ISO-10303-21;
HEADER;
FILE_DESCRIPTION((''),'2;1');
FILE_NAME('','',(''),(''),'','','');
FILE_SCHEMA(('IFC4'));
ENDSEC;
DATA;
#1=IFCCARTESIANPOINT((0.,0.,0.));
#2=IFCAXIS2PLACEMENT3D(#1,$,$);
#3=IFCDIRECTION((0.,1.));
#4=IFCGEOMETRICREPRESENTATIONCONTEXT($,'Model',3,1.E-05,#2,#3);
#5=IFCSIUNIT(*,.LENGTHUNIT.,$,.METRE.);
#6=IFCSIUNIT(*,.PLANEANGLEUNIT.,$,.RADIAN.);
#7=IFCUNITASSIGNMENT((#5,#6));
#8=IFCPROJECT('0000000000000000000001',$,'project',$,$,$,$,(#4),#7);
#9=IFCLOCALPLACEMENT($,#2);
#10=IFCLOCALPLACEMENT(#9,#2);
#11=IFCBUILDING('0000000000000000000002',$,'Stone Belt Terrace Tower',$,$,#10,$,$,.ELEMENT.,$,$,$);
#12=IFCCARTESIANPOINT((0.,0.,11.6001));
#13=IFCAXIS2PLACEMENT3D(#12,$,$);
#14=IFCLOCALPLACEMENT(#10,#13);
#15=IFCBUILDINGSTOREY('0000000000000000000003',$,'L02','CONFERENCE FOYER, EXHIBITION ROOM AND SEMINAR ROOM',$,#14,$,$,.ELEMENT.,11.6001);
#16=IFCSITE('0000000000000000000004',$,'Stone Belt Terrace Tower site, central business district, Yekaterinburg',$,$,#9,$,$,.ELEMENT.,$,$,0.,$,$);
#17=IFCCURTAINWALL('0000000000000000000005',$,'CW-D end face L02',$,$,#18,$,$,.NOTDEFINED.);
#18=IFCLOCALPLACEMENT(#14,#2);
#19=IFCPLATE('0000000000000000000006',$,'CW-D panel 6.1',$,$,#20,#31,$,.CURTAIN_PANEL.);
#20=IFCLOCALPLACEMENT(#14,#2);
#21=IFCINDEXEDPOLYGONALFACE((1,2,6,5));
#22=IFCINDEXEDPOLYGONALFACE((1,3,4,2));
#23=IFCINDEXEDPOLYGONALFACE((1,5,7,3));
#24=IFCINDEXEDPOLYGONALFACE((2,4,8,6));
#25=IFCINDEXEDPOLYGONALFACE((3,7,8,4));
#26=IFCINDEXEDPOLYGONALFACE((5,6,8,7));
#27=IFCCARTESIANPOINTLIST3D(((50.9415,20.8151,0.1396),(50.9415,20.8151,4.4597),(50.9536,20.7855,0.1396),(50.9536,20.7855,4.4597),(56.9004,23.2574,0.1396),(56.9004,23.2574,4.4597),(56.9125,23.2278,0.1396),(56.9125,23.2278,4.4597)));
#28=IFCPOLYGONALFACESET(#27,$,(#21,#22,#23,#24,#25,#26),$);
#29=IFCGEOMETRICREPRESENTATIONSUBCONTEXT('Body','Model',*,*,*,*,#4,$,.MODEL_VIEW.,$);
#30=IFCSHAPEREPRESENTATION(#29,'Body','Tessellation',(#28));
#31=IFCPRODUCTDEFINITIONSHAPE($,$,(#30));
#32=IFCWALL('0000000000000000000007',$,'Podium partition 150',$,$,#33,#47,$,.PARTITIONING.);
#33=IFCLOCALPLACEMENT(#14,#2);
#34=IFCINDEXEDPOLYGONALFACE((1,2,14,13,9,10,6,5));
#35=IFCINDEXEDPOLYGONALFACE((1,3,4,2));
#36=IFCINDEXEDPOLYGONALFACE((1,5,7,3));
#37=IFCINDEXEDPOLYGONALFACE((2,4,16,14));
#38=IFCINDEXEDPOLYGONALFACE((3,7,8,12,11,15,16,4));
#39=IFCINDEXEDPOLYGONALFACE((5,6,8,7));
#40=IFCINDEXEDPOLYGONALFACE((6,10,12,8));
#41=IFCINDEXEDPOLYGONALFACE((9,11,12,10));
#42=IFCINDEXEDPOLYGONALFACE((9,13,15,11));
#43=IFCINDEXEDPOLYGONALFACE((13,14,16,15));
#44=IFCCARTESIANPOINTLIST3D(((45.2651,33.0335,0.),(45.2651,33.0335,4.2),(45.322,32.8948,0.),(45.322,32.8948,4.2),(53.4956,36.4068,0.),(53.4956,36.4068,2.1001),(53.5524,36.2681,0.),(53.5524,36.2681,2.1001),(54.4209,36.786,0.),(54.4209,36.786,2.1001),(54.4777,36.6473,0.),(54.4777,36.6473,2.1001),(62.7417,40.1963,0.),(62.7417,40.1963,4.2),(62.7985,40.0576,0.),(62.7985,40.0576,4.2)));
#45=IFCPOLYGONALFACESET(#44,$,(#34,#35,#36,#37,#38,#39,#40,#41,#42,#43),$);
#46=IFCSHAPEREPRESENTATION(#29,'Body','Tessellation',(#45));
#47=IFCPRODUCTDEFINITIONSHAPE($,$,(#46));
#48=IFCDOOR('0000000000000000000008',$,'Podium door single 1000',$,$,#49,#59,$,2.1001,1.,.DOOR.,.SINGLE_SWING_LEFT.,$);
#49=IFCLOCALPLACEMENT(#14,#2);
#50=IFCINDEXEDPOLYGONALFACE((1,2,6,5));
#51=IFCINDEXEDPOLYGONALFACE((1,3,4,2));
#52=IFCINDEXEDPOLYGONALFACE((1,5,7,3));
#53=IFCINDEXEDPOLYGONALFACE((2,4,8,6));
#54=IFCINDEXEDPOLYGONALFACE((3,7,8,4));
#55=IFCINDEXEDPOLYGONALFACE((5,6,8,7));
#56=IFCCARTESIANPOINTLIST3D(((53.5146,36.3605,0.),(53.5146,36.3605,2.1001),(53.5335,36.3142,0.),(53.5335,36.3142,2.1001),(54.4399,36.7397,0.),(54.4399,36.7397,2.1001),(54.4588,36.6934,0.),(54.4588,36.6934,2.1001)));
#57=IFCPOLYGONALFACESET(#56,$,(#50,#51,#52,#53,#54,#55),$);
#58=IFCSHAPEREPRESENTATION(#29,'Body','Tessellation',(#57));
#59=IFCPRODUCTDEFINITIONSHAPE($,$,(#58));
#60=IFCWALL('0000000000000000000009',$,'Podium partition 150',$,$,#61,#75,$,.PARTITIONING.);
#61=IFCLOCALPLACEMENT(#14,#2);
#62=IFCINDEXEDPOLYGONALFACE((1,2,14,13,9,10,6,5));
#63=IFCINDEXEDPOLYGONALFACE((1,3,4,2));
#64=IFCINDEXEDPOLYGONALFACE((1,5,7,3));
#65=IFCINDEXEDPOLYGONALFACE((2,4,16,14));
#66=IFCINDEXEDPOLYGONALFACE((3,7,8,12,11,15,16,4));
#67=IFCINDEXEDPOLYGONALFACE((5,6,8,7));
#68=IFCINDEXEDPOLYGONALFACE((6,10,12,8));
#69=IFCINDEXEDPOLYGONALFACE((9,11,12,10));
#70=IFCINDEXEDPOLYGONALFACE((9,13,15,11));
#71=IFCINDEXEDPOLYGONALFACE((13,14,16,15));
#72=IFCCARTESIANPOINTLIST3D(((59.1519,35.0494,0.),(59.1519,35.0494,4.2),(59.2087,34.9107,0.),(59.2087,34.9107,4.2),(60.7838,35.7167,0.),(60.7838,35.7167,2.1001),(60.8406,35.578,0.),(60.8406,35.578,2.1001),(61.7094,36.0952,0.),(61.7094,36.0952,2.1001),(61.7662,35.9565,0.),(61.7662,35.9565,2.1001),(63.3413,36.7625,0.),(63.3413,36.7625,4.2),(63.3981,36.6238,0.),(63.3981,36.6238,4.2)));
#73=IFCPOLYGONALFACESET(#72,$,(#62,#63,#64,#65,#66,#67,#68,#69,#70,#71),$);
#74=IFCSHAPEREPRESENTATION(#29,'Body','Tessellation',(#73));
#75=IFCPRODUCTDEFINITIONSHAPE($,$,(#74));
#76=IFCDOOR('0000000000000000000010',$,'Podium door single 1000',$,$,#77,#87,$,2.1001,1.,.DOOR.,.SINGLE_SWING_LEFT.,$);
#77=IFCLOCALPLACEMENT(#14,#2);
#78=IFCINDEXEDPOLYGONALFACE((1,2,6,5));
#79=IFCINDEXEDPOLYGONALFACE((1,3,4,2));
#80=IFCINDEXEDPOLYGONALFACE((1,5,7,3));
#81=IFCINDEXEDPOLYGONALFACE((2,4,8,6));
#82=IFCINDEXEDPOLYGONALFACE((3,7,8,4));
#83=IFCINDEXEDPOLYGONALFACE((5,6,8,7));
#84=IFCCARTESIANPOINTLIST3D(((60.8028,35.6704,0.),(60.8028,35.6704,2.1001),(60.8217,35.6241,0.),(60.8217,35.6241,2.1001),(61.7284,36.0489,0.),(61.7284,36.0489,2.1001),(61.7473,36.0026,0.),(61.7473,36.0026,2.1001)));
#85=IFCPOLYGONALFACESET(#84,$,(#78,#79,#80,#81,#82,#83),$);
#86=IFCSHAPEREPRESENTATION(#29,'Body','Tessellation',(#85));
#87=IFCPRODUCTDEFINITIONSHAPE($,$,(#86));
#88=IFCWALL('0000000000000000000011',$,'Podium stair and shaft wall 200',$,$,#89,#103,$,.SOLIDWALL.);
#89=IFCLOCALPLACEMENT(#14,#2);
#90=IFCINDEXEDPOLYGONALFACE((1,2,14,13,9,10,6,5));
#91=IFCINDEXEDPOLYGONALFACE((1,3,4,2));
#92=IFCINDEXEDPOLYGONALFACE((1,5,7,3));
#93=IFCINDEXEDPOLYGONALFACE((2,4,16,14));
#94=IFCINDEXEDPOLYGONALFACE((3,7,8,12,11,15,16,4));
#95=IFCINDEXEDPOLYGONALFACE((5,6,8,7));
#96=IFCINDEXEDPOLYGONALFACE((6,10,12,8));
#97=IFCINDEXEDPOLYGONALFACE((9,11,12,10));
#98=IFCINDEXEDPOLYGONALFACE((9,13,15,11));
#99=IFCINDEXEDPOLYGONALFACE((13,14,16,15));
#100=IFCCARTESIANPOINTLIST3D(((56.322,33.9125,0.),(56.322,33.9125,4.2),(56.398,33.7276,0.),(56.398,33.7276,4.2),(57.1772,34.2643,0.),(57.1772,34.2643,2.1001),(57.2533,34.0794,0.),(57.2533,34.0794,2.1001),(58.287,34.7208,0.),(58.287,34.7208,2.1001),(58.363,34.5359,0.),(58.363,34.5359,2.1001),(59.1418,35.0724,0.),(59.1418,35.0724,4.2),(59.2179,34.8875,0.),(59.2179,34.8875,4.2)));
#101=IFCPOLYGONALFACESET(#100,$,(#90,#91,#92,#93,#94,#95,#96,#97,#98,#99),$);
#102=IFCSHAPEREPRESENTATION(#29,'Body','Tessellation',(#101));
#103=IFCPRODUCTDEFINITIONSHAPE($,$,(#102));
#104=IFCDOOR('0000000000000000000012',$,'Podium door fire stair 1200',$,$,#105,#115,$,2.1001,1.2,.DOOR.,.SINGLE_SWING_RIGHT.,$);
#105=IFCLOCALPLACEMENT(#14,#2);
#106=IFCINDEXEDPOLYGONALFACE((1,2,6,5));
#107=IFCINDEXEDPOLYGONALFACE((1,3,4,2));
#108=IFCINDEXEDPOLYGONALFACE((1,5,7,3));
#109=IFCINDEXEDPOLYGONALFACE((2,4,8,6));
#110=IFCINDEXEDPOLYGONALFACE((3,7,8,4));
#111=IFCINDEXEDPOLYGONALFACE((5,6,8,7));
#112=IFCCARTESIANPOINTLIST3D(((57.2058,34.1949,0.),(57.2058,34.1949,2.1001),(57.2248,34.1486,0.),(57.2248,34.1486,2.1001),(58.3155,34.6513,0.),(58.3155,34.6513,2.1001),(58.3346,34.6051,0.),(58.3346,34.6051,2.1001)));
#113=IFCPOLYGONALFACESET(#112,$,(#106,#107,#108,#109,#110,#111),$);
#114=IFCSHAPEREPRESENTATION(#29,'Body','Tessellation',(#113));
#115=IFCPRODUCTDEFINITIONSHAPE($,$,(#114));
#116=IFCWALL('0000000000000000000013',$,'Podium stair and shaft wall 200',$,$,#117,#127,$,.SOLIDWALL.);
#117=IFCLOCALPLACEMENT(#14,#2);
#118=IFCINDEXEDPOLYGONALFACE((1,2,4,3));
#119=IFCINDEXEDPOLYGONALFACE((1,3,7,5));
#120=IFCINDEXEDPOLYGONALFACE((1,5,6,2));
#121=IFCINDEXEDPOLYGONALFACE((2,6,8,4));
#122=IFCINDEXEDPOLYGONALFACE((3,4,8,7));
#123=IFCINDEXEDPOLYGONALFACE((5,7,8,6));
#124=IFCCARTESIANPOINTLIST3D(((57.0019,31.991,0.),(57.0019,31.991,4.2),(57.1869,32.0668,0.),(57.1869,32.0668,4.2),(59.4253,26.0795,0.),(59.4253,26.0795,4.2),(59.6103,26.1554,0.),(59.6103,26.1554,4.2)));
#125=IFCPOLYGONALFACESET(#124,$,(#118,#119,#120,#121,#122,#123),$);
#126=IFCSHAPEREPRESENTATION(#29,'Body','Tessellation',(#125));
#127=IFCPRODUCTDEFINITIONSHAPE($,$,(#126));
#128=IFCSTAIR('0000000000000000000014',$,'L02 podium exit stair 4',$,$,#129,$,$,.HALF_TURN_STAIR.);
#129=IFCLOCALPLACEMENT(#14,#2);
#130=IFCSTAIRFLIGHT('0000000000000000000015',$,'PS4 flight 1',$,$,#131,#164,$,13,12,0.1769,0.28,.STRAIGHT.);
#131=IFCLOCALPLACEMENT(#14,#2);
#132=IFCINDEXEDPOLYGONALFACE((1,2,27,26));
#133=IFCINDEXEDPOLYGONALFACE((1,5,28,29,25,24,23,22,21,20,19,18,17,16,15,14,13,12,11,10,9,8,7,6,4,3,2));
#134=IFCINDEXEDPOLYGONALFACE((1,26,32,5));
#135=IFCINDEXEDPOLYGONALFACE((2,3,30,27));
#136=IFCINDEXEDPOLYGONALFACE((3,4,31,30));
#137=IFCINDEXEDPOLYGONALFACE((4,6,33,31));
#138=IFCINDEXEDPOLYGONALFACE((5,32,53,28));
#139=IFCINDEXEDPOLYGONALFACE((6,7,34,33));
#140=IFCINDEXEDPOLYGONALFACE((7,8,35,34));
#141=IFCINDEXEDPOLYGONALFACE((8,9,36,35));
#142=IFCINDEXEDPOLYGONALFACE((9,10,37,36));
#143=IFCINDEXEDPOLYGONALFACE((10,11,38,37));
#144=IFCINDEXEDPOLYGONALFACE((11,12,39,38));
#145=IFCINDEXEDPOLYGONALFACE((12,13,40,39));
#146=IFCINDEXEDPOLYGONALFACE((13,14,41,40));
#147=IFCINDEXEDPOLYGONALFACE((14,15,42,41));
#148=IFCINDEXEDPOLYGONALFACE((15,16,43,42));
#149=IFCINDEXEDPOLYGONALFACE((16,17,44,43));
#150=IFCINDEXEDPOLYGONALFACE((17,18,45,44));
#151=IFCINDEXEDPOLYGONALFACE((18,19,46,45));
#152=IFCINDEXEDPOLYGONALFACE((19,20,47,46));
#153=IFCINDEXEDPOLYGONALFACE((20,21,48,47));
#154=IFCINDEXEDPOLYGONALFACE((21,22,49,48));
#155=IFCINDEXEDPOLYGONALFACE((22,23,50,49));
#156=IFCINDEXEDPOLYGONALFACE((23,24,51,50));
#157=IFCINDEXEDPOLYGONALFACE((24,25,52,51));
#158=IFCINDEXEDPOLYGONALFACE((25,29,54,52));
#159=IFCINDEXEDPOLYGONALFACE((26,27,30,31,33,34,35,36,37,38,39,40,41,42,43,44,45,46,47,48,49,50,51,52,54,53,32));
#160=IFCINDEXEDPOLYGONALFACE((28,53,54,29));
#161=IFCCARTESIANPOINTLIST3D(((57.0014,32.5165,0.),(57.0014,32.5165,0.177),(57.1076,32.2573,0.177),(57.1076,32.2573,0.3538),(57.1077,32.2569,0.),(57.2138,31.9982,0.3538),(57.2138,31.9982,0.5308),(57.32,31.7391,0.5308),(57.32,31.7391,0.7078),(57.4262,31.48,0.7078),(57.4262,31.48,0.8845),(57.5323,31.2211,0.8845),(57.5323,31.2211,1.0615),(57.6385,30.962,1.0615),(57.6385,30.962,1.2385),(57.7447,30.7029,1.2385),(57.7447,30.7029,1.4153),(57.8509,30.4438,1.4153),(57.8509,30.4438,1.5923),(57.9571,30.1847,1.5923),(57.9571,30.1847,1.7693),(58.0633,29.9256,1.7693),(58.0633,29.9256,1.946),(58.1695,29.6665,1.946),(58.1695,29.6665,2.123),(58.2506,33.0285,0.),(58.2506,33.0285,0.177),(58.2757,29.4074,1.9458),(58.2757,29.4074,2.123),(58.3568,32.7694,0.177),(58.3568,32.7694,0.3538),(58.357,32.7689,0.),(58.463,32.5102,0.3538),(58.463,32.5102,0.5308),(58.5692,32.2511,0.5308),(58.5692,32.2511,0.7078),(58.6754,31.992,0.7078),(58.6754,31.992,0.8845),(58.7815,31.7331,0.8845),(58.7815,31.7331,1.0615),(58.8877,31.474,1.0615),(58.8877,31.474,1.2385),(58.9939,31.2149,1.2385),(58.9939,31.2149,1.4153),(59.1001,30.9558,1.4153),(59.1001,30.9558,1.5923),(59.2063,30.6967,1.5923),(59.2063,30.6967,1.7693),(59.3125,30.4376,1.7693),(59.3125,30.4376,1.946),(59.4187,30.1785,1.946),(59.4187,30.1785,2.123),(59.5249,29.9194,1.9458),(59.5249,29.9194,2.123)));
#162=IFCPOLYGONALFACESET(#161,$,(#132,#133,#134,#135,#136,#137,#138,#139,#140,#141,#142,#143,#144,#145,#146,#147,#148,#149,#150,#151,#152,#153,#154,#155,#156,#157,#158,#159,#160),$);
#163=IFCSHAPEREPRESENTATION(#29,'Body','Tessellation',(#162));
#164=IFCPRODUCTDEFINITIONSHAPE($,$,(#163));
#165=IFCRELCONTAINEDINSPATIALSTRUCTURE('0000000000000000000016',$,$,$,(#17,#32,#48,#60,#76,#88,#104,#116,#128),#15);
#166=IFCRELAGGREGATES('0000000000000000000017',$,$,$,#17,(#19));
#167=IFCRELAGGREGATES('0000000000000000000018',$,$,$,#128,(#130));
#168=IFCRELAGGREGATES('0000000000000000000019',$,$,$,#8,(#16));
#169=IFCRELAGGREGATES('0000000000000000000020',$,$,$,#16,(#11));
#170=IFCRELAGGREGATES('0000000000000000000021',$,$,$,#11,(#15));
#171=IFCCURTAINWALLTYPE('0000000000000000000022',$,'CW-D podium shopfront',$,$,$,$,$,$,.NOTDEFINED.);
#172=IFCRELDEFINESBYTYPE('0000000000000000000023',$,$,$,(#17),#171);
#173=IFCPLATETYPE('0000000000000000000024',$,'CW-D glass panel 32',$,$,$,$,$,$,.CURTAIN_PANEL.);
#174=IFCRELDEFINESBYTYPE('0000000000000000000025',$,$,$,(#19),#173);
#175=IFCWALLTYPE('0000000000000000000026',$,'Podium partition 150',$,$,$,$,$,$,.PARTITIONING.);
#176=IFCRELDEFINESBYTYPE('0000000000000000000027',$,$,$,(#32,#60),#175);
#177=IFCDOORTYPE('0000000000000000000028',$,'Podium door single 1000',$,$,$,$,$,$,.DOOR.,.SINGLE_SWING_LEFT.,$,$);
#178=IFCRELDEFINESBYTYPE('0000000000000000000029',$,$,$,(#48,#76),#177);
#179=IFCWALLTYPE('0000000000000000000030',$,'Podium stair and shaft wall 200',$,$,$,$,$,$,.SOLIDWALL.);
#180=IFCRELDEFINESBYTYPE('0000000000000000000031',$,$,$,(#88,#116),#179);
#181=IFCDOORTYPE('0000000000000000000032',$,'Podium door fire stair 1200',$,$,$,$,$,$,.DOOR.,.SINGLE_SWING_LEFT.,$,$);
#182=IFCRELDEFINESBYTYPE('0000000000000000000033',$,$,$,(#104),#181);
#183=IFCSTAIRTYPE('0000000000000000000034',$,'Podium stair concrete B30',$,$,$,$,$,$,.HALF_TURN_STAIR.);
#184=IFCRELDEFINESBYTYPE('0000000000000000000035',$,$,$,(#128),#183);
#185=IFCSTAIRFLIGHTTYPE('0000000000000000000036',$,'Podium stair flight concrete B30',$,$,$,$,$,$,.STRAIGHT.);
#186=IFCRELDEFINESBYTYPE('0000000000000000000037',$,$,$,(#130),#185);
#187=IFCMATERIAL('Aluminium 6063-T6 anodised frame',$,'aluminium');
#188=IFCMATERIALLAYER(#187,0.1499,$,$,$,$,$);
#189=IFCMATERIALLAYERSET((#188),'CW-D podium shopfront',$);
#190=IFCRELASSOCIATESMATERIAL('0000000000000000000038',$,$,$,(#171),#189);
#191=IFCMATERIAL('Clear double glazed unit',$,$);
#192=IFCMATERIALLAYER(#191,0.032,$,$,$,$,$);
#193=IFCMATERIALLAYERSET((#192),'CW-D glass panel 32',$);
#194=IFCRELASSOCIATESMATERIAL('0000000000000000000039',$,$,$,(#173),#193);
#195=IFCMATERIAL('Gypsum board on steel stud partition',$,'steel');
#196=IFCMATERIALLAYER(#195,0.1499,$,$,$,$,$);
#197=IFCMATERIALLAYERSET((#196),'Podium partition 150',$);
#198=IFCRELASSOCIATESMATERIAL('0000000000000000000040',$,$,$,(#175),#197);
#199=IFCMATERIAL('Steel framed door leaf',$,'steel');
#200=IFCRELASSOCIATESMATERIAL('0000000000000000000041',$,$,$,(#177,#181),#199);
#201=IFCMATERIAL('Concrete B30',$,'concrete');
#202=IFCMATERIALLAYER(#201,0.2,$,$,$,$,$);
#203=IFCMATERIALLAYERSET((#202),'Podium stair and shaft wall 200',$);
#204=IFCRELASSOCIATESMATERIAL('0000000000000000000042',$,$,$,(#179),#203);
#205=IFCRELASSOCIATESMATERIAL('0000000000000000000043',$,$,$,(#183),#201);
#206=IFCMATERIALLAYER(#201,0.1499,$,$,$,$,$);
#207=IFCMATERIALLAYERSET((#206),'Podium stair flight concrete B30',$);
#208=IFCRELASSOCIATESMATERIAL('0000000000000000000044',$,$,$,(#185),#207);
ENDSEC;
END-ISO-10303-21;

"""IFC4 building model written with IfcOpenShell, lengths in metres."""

from ifc_helpers import new_model, si_unit, direction, frame, frame_2d, origin, origin_2d, place, context, subcontext, project, spatial, polyline, rectangle, outline, extrude, material, layer, layer_set, type_object, element, fill, aggregate, save


model = new_model("IFC4")

# Units and contexts
model_context = context("Model", 3, precision=1e-05, world=origin(), true_north=direction((0.0, 1.0)))
body_context = subcontext(model_context, "Body", "Model", "MODEL_VIEW")
ifc_project = project(units=[si_unit("LENGTHUNIT", "METRE"), si_unit("PLANEANGLEUNIT", "RADIAN")], contexts=[model_context])

# Site, building, storey
site_placement = place(None, origin())
site = spatial("IfcSite", under=ifc_project, at=site_placement, Name="Stone Belt Terrace Tower site, central business district, Yekaterinburg", CompositionType="ELEMENT", RefElevation=0.0)
building_placement = place(site_placement, origin())
building = spatial("IfcBuilding", under=site, at=building_placement, Name="Stone Belt Terrace Tower", CompositionType="ELEMENT")
storey_placement = place(building_placement, frame((0.0, 0.0, 11.6001)))
storey = spatial("IfcBuildingStorey", under=building, at=storey_placement, Name="L02", Description="CONFERENCE FOYER, EXHIBITION ROOM AND SEMINAR ROOM", CompositionType="ELEMENT", Elevation=11.6001)

# Curtain wall
ifc_material_1 = material(Name="Aluminium 6063-T6 anodised frame", Category="aluminium")
ifc_layer_1 = layer(ifc_material_1, 0.1499)
ifc_layer_set_1 = layer_set([ifc_layer_1], Name="CW-D podium shopfront")
curtain_wall_type = type_object("IfcCurtainWallType", Name="CW-D podium shopfront", PredefinedType="NOTDEFINED", material=ifc_layer_set_1)
curtain_wall_placement = place(storey_placement, origin())
curtain_wall = element("IfcCurtainWall", 1, at=curtain_wall_placement, inside=storey, type_object=curtain_wall_type, Name="CW-D end face L02", PredefinedType="NOTDEFINED")

# Plate
ifc_material_2 = material(Name="Clear double glazed unit")
ifc_layer_2 = layer(ifc_material_2, 0.032)
ifc_layer_set_2 = layer_set([ifc_layer_2], Name="CW-D glass panel 32")
plate_type = type_object("IfcPlateType", Name="CW-D glass panel 32", PredefinedType="CURTAIN_PANEL", material=ifc_layer_set_2)
plate_1_placement = place(storey_placement, frame((53.927, 22.0215, 0.1396), z_axis=(0.0, 0.0, 1.0), x_axis=(0.925297, 0.379243, 0.0)))
plate_1 = element("IfcPlate", 2, at=plate_1_placement, type_object=plate_type, Name="CW-D panel 6.1", PredefinedType="CURTAIN_PANEL", context=body_context, shape_type="SweptSolid", body=[
    extrude(rectangle(XDim=6.4399, YDim=0.032, at=origin_2d()), origin(), (0.0, 0.0, 1.0), 4.3201),
])
aggregate(curtain_wall, [plate_1])

# Walls, openings, doors
ifc_material_3 = material(Name="Gypsum board on steel stud partition", Category="steel")
ifc_layer_3 = layer(ifc_material_3, 0.1499)
ifc_layer_set_3 = layer_set([ifc_layer_3], Name="Podium partition 150")
wall_type_1 = type_object("IfcWallType", Name="Podium partition 150", PredefinedType="PARTITIONING", material=ifc_layer_set_3)
wall_1_placement = place(storey_placement, frame((45.2935, 32.9641, 0.0), z_axis=(0.0, 0.0, 1.0), x_axis=(0.925299, 0.379238, 0.0)))
wall_1 = element("IfcWall", 3, at=wall_1_placement, inside=storey, type_object=wall_type_1, Name="Podium partition 150", PredefinedType="PARTITIONING", context=body_context, shape_type="SweptSolid", body=[
    extrude(rectangle(XDim=18.8875, YDim=0.1499, at=frame_2d((9.4438, 0.0))), origin(), (0.0, 0.0, 1.0), 4.2),
])
opening_1_placement = place(wall_1_placement, frame((8.895, 0.0, 0.0)))
opening_1 = element("IfcOpeningElement", 4, at=opening_1_placement, cuts=wall_1, PredefinedType="OPENING", context=body_context, shape_type="SweptSolid", body=[
    extrude(rectangle(XDim=1.0, YDim=2.1001, at=frame_2d((0.5, 1.05))), frame((0.0, 0.085, 0.0), z_axis=(0.0, -1.0, 0.0), x_axis=(1.0, 0.0, 0.0)), (0.0, 0.0, 1.0), 0.1699),
])
ifc_material_4 = material(Name="Steel framed door leaf", Category="steel")
door_type_1 = type_object("IfcDoorType", Name="Podium door single 1000", OperationType="SINGLE_SWING_LEFT", PredefinedType="DOOR", material=ifc_material_4)
door_1_placement = place(opening_1_placement, origin())
door_1 = element("IfcDoor", 5, at=door_1_placement, inside=storey, type_object=door_type_1, Name="Podium door single 1000", OperationType="SINGLE_SWING_LEFT", OverallHeight=2.1001, OverallWidth=1.0, PredefinedType="DOOR", context=body_context, shape_type="SweptSolid", body=[
    extrude(rectangle(XDim=1.0, YDim=2.1001, at=frame_2d((0.5, 1.05))), frame((0.0, 0.0249, 0.0), z_axis=(0.0, -1.0, 0.0), x_axis=(1.0, 0.0, 0.0)), (0.0, 0.0, 1.0), 0.05),
])
fill(opening_1, door_1)
wall_2_placement = place(storey_placement, frame((59.1802, 34.98, 0.0), z_axis=(0.0, 0.0, 1.0), x_axis=(0.925604, 0.378494, 0.0)))
wall_2 = element("IfcWall", 6, at=wall_2_placement, inside=storey, type_object=wall_type_1, Name="Podium partition 150", PredefinedType="PARTITIONING", context=body_context, shape_type="SweptSolid", body=[
    extrude(rectangle(XDim=4.5261, YDim=0.1499, at=frame_2d((2.2632, 0.0))), origin(), (0.0, 0.0, 1.0), 4.2),
])
opening_2_placement = place(wall_2_placement, frame((1.7632, 0.0, 0.0)))
opening_2 = element("IfcOpeningElement", 7, at=opening_2_placement, cuts=wall_2, PredefinedType="OPENING", context=body_context, shape_type="SweptSolid", body=[
    extrude(rectangle(XDim=1.0, YDim=2.1001, at=frame_2d((0.5, 1.05))), frame((0.0, 0.085, 0.0), z_axis=(0.0, -1.0, 0.0), x_axis=(1.0, 0.0, 0.0)), (0.0, 0.0, 1.0), 0.1699),
])
door_2_placement = place(opening_2_placement, origin())
door_2 = element("IfcDoor", 8, at=door_2_placement, inside=storey, type_object=door_type_1, Name="Podium door single 1000", OperationType="SINGLE_SWING_LEFT", OverallHeight=2.1001, OverallWidth=1.0, PredefinedType="DOOR", context=body_context, shape_type="SweptSolid", body=[
    extrude(rectangle(XDim=1.0, YDim=2.1001, at=frame_2d((0.5, 1.05))), frame((0.0, 0.0249, 0.0), z_axis=(0.0, -1.0, 0.0), x_axis=(1.0, 0.0, 0.0)), (0.0, 0.0, 1.0), 0.05),
])
fill(opening_2, door_2)
ifc_material_5 = material(Name="Concrete B30", Category="concrete")
ifc_layer_4 = layer(ifc_material_5, 0.2)
ifc_layer_set_4 = layer_set([ifc_layer_4], Name="Podium stair and shaft wall 200")
wall_type_2 = type_object("IfcWallType", Name="Podium stair and shaft wall 200", PredefinedType="SOLIDWALL", material=ifc_layer_set_4)
wall_3_placement = place(storey_placement, frame((56.3601, 33.8201, 0.0), z_axis=(0.0, 0.0, 1.0), x_axis=(0.924816, 0.380416, 0.0)))
wall_3 = element("IfcWall", 9, at=wall_3_placement, inside=storey, type_object=wall_type_2, Name="Podium stair and shaft wall 200", PredefinedType="SOLIDWALL", context=body_context, shape_type="SweptSolid", body=[
    extrude(rectangle(XDim=3.0491, YDim=0.2, at=frame_2d((1.5244, 0.0))), origin(), (0.0, 0.0, 1.0), 4.2),
])
opening_3_placement = place(wall_3_placement, frame((0.9246, 0.0, 0.0)))
opening_3 = element("IfcOpeningElement", 10, at=opening_3_placement, cuts=wall_3, PredefinedType="OPENING", context=body_context, shape_type="SweptSolid", body=[
    extrude(rectangle(XDim=1.2, YDim=2.1001, at=frame_2d((0.6001, 1.05))), frame((0.0, 0.1099, 0.0), z_axis=(0.0, -1.0, 0.0), x_axis=(1.0, 0.0, 0.0)), (0.0, 0.0, 1.0), 0.22),
])
door_type_2 = type_object("IfcDoorType", Name="Podium door fire stair 1200", OperationType="SINGLE_SWING_LEFT", PredefinedType="DOOR", material=ifc_material_4)
door_3_placement = place(opening_3_placement, origin())
door_3 = element("IfcDoor", 11, at=door_3_placement, inside=storey, type_object=door_type_2, Name="Podium door fire stair 1200", OperationType="SINGLE_SWING_RIGHT", OverallHeight=2.1001, OverallWidth=1.2, PredefinedType="DOOR", context=body_context, shape_type="SweptSolid", body=[
    extrude(rectangle(XDim=1.2, YDim=2.1001, at=frame_2d((0.6001, 1.05))), frame((0.0, 0.0249, 0.0), z_axis=(0.0, -1.0, 0.0), x_axis=(1.0, 0.0, 0.0)), (0.0, 0.0, 1.0), 0.05),
])
fill(opening_3, door_3)

# Wall
wall_4_placement = place(storey_placement, frame((57.0945, 32.0288, 0.0), z_axis=(0.0, 0.0, 1.0), x_axis=(0.37931, -0.92527, 0.0)))
element("IfcWall", 12, at=wall_4_placement, inside=storey, type_object=wall_type_2, Name="Podium stair and shaft wall 200", PredefinedType="SOLIDWALL", context=body_context, shape_type="SweptSolid", body=[
    extrude(rectangle(XDim=6.3889, YDim=0.2, at=frame_2d((3.1943, 0.0))), origin(), (0.0, 0.0, 1.0), 4.2),
])

# Stair, stair flight
stair_type = type_object("IfcStairType", Name="Podium stair concrete B30", PredefinedType="HALF_TURN_STAIR", material=ifc_material_5)
stair_placement = place(storey_placement, origin())
stair = element("IfcStair", 13, at=stair_placement, inside=storey, type_object=stair_type, Name="L02 podium exit stair 4", PredefinedType="HALF_TURN_STAIR")
ifc_layer_5 = layer(ifc_material_5, 0.1499)
ifc_layer_set_5 = layer_set([ifc_layer_5], Name="Podium stair flight concrete B30")
stair_flight_type = type_object("IfcStairFlightType", Name="Podium stair flight concrete B30", PredefinedType="STRAIGHT", material=ifc_layer_set_5)
stair_flight_placement = place(storey_placement, frame((57.626, 32.7725, 0.0), z_axis=(0.0, 0.0, 1.0), x_axis=(0.379243, -0.925297, 0.0)))
stair_flight = element("IfcStairFlight", 14, at=stair_flight_placement, type_object=stair_flight_type, Name="PS4 flight 1", NumberOfRisers=13, NumberOfTreads=12, PredefinedType="STRAIGHT", RiserHeight=0.1769, TreadLength=0.28, context=body_context, shape_type="SweptSolid", body=[
    extrude(outline(polyline([(0.0, 0.0), (0.0, 0.177), (0.28, 0.177), (0.28, 0.3538), (0.5601, 0.3538), (0.5601, 0.5308), (0.8401, 0.5308), (0.8401, 0.7078), (1.1201, 0.7078), (1.1201, 0.8845), (1.3999, 0.8845), (1.3999, 1.0615), (1.6799, 1.0615), (1.6799, 1.2385), (1.96, 1.2385), (1.96, 1.4153), (2.24, 1.4153), (2.24, 1.5923), (2.52, 1.5923), (2.52, 1.7693), (2.8, 1.7693), (2.8, 1.946), (3.0801, 1.946), (3.0801, 2.123), (3.3601, 2.123), (3.3601, 2.3), (3.3601, 1.9458), (0.2805, 0.0), (0.0, 0.0)])), frame((0.0, 0.675, 0.0), z_axis=(0.0, -1.0, 0.0), x_axis=(1.0, 0.0, 0.0)), (0.0, 0.0, 1.0), 1.3501),
])
aggregate(stair, [stair_flight])

save(model, "model.ifc")
